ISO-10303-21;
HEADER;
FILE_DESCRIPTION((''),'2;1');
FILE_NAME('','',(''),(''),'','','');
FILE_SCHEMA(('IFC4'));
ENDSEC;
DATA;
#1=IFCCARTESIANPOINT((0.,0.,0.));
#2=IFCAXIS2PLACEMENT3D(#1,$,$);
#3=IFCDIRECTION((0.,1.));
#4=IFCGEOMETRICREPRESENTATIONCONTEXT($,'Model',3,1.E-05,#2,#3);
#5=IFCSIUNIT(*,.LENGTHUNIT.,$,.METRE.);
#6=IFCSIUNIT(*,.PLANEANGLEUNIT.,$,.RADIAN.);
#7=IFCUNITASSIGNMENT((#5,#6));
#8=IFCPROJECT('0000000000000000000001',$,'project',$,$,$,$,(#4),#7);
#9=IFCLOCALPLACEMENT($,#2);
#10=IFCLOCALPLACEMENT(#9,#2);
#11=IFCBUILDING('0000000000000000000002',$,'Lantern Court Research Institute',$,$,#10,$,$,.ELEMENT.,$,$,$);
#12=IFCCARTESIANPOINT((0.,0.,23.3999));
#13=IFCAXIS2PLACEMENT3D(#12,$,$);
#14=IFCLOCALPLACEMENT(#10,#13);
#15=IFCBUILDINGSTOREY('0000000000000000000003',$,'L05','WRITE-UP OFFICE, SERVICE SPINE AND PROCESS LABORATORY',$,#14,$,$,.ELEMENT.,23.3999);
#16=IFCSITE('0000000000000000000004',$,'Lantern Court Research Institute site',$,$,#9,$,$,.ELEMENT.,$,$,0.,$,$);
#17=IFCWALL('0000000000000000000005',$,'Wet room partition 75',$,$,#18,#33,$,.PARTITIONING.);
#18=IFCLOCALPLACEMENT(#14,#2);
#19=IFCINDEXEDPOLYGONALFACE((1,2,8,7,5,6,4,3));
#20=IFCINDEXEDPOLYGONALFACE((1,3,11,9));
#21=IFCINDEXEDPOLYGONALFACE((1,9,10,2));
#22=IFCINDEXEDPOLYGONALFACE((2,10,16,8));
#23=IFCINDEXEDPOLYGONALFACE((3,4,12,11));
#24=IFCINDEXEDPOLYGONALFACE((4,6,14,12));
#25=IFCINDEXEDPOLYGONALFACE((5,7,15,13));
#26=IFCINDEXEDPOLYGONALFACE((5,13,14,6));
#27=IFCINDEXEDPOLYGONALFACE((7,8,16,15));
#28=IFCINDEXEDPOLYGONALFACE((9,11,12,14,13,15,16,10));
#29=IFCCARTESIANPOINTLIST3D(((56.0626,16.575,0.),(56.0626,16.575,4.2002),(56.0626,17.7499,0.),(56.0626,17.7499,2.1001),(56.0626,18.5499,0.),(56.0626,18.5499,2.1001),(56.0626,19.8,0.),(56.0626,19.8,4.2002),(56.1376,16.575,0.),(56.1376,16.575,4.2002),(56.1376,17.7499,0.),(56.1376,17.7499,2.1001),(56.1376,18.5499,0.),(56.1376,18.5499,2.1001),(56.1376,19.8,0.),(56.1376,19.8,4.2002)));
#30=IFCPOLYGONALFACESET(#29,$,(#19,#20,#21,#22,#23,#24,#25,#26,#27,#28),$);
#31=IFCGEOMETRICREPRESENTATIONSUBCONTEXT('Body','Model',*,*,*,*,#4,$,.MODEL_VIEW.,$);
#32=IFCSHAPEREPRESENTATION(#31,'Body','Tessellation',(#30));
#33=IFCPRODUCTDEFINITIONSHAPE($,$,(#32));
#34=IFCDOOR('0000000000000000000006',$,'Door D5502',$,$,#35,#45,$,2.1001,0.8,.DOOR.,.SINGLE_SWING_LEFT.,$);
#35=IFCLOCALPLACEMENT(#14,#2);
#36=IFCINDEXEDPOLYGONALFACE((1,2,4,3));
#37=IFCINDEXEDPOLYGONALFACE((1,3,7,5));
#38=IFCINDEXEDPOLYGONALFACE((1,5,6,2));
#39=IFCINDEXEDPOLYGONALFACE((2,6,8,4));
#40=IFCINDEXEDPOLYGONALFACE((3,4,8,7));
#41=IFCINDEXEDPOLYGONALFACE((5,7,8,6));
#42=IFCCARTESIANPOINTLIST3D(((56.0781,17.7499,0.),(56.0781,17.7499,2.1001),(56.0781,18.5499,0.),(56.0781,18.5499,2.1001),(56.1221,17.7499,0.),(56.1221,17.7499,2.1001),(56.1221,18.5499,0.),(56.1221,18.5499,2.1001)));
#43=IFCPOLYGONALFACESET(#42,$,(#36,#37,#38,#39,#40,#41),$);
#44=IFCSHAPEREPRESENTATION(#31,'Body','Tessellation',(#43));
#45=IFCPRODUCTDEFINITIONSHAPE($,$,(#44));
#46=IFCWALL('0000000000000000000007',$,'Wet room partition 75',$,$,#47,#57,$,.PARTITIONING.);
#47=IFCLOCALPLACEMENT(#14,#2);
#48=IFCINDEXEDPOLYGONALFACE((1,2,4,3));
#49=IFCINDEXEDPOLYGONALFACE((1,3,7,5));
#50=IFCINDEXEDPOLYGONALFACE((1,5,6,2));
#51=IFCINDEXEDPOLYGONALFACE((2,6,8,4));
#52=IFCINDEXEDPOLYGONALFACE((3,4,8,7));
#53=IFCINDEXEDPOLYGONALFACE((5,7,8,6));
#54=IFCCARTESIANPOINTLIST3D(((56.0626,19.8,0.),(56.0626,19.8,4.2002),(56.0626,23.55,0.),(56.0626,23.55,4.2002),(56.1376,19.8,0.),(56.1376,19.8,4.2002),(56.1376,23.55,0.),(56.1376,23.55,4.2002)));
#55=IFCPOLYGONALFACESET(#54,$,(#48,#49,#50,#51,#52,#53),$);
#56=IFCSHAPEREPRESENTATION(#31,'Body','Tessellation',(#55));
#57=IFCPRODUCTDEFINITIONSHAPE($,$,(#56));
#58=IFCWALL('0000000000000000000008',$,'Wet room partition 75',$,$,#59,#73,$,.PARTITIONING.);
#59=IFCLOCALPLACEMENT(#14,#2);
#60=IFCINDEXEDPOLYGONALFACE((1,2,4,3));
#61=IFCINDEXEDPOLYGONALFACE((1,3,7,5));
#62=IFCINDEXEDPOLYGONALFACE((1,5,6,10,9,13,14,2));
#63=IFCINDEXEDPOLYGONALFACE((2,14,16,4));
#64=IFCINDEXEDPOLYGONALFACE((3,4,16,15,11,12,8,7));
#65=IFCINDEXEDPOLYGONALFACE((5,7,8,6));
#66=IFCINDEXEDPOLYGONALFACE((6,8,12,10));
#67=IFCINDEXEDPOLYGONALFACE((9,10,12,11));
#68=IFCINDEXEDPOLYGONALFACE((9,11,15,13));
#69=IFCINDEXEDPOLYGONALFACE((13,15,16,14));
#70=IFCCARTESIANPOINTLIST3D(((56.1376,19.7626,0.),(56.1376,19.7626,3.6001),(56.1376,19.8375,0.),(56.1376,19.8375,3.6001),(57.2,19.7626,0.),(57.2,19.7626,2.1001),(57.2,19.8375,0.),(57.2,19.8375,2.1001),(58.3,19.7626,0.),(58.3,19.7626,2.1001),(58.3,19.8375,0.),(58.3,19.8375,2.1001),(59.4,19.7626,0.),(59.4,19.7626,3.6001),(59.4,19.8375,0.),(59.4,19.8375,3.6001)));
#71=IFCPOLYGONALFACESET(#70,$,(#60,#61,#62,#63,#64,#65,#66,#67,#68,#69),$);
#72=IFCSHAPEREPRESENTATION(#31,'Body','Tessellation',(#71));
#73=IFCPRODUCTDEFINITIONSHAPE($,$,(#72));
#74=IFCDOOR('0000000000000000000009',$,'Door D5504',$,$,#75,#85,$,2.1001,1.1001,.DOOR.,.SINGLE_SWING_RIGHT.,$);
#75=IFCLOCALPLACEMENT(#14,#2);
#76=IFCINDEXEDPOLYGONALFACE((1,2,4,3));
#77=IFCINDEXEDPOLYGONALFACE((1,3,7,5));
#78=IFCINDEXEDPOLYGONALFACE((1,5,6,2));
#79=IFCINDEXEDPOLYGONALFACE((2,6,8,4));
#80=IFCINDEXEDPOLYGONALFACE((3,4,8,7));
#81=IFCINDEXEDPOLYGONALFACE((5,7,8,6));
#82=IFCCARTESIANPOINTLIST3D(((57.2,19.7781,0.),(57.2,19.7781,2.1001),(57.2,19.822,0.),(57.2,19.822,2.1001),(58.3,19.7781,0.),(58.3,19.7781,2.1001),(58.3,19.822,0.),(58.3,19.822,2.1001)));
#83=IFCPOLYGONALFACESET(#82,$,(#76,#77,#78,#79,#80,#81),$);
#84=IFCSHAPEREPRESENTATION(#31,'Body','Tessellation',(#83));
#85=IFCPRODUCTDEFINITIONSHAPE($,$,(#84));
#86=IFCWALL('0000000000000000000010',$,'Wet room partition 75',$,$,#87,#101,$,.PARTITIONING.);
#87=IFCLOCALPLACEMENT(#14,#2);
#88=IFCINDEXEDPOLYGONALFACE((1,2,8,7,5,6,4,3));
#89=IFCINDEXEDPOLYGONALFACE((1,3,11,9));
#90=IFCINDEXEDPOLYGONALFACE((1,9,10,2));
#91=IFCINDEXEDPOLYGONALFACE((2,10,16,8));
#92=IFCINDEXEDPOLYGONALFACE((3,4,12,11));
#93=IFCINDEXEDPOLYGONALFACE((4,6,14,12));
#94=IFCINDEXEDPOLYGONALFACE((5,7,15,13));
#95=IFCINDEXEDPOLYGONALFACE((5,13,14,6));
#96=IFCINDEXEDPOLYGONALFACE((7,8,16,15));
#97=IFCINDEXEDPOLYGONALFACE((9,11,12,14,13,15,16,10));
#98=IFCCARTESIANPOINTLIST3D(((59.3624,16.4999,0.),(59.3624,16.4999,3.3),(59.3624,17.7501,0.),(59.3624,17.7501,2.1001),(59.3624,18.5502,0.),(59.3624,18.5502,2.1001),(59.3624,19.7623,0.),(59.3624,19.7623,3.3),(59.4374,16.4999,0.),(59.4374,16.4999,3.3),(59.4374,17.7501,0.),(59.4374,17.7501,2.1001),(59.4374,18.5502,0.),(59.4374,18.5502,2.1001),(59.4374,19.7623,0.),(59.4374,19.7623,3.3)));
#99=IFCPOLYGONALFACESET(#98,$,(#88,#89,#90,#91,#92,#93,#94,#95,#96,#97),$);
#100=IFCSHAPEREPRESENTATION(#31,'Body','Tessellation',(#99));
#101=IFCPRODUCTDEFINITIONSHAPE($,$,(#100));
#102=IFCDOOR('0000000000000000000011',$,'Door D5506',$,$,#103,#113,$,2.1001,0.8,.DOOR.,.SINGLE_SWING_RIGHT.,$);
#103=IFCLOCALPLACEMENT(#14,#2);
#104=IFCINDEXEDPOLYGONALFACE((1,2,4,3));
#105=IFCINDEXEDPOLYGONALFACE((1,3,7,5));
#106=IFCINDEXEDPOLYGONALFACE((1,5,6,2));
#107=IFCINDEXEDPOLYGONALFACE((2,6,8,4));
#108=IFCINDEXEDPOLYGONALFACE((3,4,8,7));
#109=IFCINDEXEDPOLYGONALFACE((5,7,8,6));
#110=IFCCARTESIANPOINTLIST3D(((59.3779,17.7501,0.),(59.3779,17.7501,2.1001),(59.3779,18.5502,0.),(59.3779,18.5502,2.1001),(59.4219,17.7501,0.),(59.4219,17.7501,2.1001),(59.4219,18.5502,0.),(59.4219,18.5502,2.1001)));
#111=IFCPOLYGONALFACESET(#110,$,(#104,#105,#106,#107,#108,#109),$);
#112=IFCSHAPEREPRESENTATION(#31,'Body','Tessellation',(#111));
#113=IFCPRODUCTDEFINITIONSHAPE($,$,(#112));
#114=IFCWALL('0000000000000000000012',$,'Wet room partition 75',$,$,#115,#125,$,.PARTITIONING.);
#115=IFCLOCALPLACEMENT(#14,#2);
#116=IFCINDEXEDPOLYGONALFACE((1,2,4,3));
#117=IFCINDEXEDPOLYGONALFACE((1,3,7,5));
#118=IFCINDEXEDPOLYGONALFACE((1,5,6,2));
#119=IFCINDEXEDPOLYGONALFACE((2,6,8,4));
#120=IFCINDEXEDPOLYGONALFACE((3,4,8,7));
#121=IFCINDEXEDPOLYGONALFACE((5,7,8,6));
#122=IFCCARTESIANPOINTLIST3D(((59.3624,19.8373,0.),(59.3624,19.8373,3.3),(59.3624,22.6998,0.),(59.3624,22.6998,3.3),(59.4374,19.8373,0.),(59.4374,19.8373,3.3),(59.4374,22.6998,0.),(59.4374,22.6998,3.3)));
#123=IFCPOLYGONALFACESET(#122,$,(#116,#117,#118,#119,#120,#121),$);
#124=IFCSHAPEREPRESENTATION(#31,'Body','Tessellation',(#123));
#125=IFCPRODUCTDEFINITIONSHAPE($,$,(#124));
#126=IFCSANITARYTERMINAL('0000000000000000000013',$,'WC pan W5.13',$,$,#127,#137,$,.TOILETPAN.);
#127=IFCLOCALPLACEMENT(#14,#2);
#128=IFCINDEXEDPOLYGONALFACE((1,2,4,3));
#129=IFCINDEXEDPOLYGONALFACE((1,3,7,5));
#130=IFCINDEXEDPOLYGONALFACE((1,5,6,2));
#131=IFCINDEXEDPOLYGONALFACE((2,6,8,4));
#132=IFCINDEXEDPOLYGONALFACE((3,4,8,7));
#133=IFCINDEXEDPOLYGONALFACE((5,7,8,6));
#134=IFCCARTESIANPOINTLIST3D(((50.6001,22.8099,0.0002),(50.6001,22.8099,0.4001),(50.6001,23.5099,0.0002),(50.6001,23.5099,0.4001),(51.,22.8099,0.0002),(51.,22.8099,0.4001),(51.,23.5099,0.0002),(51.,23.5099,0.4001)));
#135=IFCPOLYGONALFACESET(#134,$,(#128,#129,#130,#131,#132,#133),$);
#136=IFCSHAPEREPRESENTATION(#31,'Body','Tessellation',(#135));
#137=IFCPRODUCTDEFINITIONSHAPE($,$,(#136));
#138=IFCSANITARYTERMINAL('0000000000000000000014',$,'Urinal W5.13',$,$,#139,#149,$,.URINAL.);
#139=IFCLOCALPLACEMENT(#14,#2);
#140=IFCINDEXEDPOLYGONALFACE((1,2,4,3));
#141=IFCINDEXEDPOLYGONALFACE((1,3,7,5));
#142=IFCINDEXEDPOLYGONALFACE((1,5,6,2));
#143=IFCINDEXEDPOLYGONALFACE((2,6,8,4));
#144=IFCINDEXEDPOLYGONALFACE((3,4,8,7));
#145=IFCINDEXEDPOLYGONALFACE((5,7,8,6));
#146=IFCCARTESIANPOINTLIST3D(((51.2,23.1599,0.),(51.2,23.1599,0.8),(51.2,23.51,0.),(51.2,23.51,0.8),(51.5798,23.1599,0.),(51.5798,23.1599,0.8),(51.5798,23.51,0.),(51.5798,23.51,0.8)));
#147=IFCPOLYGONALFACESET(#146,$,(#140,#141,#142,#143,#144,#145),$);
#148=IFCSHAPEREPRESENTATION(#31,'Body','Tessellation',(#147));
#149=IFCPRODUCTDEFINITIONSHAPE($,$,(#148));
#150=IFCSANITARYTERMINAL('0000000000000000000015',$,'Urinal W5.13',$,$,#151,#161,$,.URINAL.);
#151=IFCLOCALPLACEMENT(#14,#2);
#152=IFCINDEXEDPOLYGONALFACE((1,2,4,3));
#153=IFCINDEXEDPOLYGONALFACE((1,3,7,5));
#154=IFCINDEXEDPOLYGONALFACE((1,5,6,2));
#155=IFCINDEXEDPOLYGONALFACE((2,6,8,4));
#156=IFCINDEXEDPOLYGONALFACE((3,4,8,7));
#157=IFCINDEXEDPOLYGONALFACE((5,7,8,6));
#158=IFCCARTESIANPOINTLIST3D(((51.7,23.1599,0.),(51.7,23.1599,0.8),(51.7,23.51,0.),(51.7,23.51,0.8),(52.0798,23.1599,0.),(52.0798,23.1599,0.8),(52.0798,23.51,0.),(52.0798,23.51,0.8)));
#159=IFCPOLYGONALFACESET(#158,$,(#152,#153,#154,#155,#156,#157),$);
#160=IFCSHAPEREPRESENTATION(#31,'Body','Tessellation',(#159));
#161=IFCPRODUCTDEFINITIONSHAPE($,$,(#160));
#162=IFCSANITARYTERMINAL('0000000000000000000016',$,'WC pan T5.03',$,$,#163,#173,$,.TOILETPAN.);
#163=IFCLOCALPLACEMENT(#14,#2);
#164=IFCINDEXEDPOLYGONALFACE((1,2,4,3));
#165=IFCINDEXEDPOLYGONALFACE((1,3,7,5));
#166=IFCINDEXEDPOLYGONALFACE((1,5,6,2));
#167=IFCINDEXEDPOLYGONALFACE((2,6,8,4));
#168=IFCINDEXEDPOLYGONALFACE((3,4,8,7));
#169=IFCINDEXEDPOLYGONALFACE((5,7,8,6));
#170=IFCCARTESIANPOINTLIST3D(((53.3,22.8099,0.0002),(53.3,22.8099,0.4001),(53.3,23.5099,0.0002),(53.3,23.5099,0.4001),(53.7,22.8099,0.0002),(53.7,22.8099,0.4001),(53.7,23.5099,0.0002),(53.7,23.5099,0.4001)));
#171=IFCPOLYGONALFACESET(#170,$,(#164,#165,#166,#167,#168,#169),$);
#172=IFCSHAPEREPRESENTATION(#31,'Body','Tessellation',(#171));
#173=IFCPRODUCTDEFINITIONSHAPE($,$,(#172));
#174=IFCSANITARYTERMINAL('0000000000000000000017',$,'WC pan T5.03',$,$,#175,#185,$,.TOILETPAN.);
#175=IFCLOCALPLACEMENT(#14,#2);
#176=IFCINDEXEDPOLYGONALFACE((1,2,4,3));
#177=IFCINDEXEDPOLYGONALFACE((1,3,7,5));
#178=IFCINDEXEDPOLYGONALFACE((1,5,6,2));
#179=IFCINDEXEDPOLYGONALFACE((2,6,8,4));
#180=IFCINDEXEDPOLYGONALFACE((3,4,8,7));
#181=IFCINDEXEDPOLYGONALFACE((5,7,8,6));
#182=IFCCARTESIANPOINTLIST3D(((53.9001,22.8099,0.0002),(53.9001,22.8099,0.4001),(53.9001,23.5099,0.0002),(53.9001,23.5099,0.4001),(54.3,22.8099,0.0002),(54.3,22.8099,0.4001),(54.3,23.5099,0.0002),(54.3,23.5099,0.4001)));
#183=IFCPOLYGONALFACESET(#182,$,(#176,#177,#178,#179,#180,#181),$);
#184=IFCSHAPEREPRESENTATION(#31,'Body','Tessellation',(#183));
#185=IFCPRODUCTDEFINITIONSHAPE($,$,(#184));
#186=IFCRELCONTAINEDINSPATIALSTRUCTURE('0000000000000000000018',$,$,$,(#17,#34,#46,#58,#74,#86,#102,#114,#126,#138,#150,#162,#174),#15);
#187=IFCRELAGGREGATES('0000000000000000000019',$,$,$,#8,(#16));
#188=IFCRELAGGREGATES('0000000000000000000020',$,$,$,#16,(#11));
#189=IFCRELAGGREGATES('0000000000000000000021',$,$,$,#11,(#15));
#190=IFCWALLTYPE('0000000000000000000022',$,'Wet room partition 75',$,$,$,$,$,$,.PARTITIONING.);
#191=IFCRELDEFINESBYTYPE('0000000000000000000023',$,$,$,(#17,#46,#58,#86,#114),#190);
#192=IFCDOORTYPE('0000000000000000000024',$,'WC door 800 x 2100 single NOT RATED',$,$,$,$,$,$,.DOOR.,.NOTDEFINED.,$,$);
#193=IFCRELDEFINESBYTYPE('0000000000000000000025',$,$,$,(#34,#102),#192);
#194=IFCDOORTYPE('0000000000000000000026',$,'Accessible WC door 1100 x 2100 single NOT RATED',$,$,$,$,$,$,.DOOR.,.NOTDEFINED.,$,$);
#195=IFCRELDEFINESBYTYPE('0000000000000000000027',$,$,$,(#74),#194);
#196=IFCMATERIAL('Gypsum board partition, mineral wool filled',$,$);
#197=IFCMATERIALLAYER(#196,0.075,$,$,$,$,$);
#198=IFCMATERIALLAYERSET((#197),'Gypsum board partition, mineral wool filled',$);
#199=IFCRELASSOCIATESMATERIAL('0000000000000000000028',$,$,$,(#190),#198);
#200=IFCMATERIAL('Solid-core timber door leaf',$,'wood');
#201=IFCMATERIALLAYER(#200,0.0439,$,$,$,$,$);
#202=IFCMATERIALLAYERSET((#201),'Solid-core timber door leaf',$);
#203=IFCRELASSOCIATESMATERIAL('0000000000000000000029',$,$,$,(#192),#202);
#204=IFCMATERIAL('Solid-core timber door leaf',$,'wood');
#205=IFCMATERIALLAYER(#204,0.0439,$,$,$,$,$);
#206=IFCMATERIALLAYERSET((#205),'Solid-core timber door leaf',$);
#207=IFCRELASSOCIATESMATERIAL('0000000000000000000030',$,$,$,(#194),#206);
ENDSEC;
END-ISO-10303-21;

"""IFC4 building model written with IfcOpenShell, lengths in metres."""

from ifc_helpers import new_model, si_unit, direction, frame, frame_2d, origin, origin_2d, place, context, subcontext, project, spatial, rectangle, extrude, material, layer, layer_set, type_object, element, fill, save


model = new_model("IFC4")

# Units and contexts
model_context = context("Model", 3, precision=1e-05, world=origin(), true_north=direction((0.0, 1.0)))
body_context = subcontext(model_context, "Body", "Model", "MODEL_VIEW")
ifc_project = project(units=[si_unit("LENGTHUNIT", "METRE"), si_unit("PLANEANGLEUNIT", "RADIAN")], contexts=[model_context])

# Site, building, storey
site_placement = place(None, origin())
site = spatial("IfcSite", under=ifc_project, at=site_placement, Name="Lantern Court Research Institute site", CompositionType="ELEMENT", RefElevation=0.0)
building_placement = place(site_placement, origin())
building = spatial("IfcBuilding", under=site, at=building_placement, Name="Lantern Court Research Institute", CompositionType="ELEMENT")
storey_placement = place(building_placement, frame((0.0, 0.0, 23.3999)))
storey = spatial("IfcBuildingStorey", under=building, at=storey_placement, Name="L05", Description="WRITE-UP OFFICE, SERVICE SPINE AND PROCESS LABORATORY", CompositionType="ELEMENT", Elevation=23.3999)

# Wall, opening, door
ifc_material_1 = material(Name="Gypsum board partition, mineral wool filled")
ifc_layer_1 = layer(ifc_material_1, 0.075)
ifc_layer_set_1 = layer_set([ifc_layer_1], Name="Gypsum board partition, mineral wool filled")
wall_type_1 = type_object("IfcWallType", Name="Wet room partition 75", PredefinedType="PARTITIONING", material=ifc_layer_set_1)
wall_1_placement = place(storey_placement, frame((56.1001, 16.575, 0.0), z_axis=(0.0, 0.0, 1.0), x_axis=(0.0, 1.0, 0.0)))
wall_1 = element("IfcWall", 1, at=wall_1_placement, inside=storey, type_object=wall_type_1, Name="Wet room partition 75", PredefinedType="PARTITIONING", context=body_context, shape_type="SweptSolid", body=[
    extrude(rectangle(XDim=3.2251, YDim=0.075, at=frame_2d((1.6125, 0.0))), origin(), (0.0, 0.0, 1.0), 4.2002),
])
opening_1_placement = place(wall_1_placement, frame((1.175, 0.0, 0.0)))
opening_1 = element("IfcOpeningElement", 2, at=opening_1_placement, cuts=wall_1, PredefinedType="OPENING", context=body_context, shape_type="SweptSolid", body=[
    extrude(rectangle(XDim=0.8, YDim=2.1001, at=frame_2d((0.3999, 1.05))), frame((0.0, 0.0474, 0.0), z_axis=(0.0, -1.0, 0.0), x_axis=(1.0, 0.0, 0.0)), (0.0, 0.0, 1.0), 0.095),
])
ifc_material_2 = material(Name="Solid-core timber door leaf", Category="wood")
ifc_layer_2 = layer(ifc_material_2, 0.0439)
ifc_layer_set_2 = layer_set([ifc_layer_2], Name="Solid-core timber door leaf")
door_type_1 = type_object("IfcDoorType", Name="WC door 800 x 2100 single NOT RATED", OperationType="NOTDEFINED", PredefinedType="DOOR", material=ifc_layer_set_2)
door_1_placement = place(opening_1_placement, origin())
door_1 = element("IfcDoor", 3, at=door_1_placement, inside=storey, type_object=door_type_1, Name="Door D5502", OperationType="SINGLE_SWING_LEFT", OverallHeight=2.1001, OverallWidth=0.8, PredefinedType="DOOR", context=body_context, shape_type="SweptSolid", body=[
    extrude(rectangle(XDim=0.8, YDim=2.1001, at=frame_2d((0.3999, 1.05))), frame((0.0, 0.022, 0.0), z_axis=(0.0, -1.0, 0.0), x_axis=(1.0, 0.0, 0.0)), (0.0, 0.0, 1.0), 0.0439),
])
fill(opening_1, door_1)

# Wall
wall_2_placement = place(storey_placement, frame((56.1001, 19.8, 0.0), z_axis=(0.0, 0.0, 1.0), x_axis=(0.0, 1.0, 0.0)))
element("IfcWall", 4, at=wall_2_placement, inside=storey, type_object=wall_type_1, Name="Wet room partition 75", PredefinedType="PARTITIONING", context=body_context, shape_type="SweptSolid", body=[
    extrude(rectangle(XDim=3.75, YDim=0.075, at=frame_2d((1.875, 0.0))), origin(), (0.0, 0.0, 1.0), 4.2002),
])

# Walls, openings, doors
wall_3_placement = place(storey_placement, frame((56.1375, 19.8, 0.0), z_axis=(0.0, 0.0, 1.0), x_axis=(1.0, 0.0, 0.0)))
wall_3 = element("IfcWall", 5, at=wall_3_placement, inside=storey, type_object=wall_type_1, Name="Wet room partition 75", PredefinedType="PARTITIONING", context=body_context, shape_type="SweptSolid", body=[
    extrude(rectangle(XDim=3.2625, YDim=0.075, at=frame_2d((1.6313, 0.0))), origin(), (0.0, 0.0, 1.0), 3.6001),
])
opening_2_placement = place(wall_3_placement, frame((1.0625, 0.0, 0.0)))
opening_2 = element("IfcOpeningElement", 6, at=opening_2_placement, cuts=wall_3, PredefinedType="OPENING", context=body_context, shape_type="SweptSolid", body=[
    extrude(rectangle(XDim=1.1001, YDim=2.1001, at=frame_2d((0.55, 1.05))), frame((0.0, 0.0474, 0.0), z_axis=(0.0, -1.0, 0.0), x_axis=(1.0, 0.0, 0.0)), (0.0, 0.0, 1.0), 0.095),
])
ifc_material_3 = material(Name="Solid-core timber door leaf", Category="wood")
ifc_layer_3 = layer(ifc_material_3, 0.0439)
ifc_layer_set_3 = layer_set([ifc_layer_3], Name="Solid-core timber door leaf")
door_type_2 = type_object("IfcDoorType", Name="Accessible WC door 1100 x 2100 single NOT RATED", OperationType="NOTDEFINED", PredefinedType="DOOR", material=ifc_layer_set_3)
door_2_placement = place(opening_2_placement, origin())
door_2 = element("IfcDoor", 7, at=door_2_placement, inside=storey, type_object=door_type_2, Name="Door D5504", OperationType="SINGLE_SWING_RIGHT", OverallHeight=2.1001, OverallWidth=1.1001, PredefinedType="DOOR", context=body_context, shape_type="SweptSolid", body=[
    extrude(rectangle(XDim=1.1001, YDim=2.1001, at=frame_2d((0.55, 1.05))), frame((0.0, 0.022, 0.0), z_axis=(0.0, -1.0, 0.0), x_axis=(1.0, 0.0, 0.0)), (0.0, 0.0, 1.0), 0.0439),
])
fill(opening_2, door_2)
wall_4_placement = place(storey_placement, frame((59.3999, 19.7625, 0.0), z_axis=(0.0, 0.0, 1.0), x_axis=(0.0, -1.0, 0.0)))
wall_4 = element("IfcWall", 8, at=wall_4_placement, inside=storey, type_object=wall_type_1, Name="Wet room partition 75", PredefinedType="PARTITIONING", context=body_context, shape_type="SweptSolid", body=[
    extrude(rectangle(XDim=3.2625, YDim=0.075, at=frame_2d((1.6313, 0.0))), origin(), (0.0, 0.0, 1.0), 3.3),
])
opening_3_placement = place(wall_4_placement, frame((1.2124, 0.0, 0.0)))
opening_3 = element("IfcOpeningElement", 9, at=opening_3_placement, cuts=wall_4, PredefinedType="OPENING", context=body_context, shape_type="SweptSolid", body=[
    extrude(rectangle(XDim=0.8, YDim=2.1001, at=frame_2d((0.3999, 1.05))), frame((0.0, 0.0474, 0.0), z_axis=(0.0, -1.0, 0.0), x_axis=(1.0, 0.0, 0.0)), (0.0, 0.0, 1.0), 0.095),
])
door_3_placement = place(opening_3_placement, origin())
door_3 = element("IfcDoor", 10, at=door_3_placement, inside=storey, type_object=door_type_1, Name="Door D5506", OperationType="SINGLE_SWING_RIGHT", OverallHeight=2.1001, OverallWidth=0.8, PredefinedType="DOOR", context=body_context, shape_type="SweptSolid", body=[
    extrude(rectangle(XDim=0.8, YDim=2.1001, at=frame_2d((0.3999, 1.05))), frame((0.0, 0.022, 0.0), z_axis=(0.0, -1.0, 0.0), x_axis=(1.0, 0.0, 0.0)), (0.0, 0.0, 1.0), 0.0439),
])
fill(opening_3, door_3)

# Wall
wall_5_placement = place(storey_placement, frame((59.3999, 19.8374, 0.0), z_axis=(0.0, 0.0, 1.0), x_axis=(0.0, 1.0, 0.0)))
element("IfcWall", 11, at=wall_5_placement, inside=storey, type_object=wall_type_1, Name="Wet room partition 75", PredefinedType="PARTITIONING", context=body_context, shape_type="SweptSolid", body=[
    extrude(rectangle(XDim=2.8625, YDim=0.075, at=frame_2d((1.4312, 0.0))), origin(), (0.0, 0.0, 1.0), 3.3),
])

# Sanitary terminals
sanitary_terminal_1_placement = place(storey_placement, frame((50.8, 23.1599, 0.0002), z_axis=(0.0, 0.0, 1.0), x_axis=(1.0, 0.0, 0.0)))
element("IfcSanitaryTerminal", 12, at=sanitary_terminal_1_placement, inside=storey, Name="WC pan W5.13", PredefinedType="TOILETPAN", context=body_context, shape_type="SweptSolid", body=[
    extrude(rectangle(XDim=0.3999, YDim=0.7, at=origin_2d()), origin(), (0.0, 0.0, 1.0), 0.3999),
])
for number, where, z_axis, x_axis, name in (
    (13, (51.3899, 23.335, 0.0), (0.0, 0.0, 1.0), (1.0, 0.0, 0.0), "Urinal W5.13"),
    (14, (51.8899, 23.335, 0.0), (0.0, 0.0, 1.0), (1.0, 0.0, 0.0), "Urinal W5.13"),
):
    element("IfcSanitaryTerminal", number, at=place(storey_placement, frame(where, z_axis=z_axis, x_axis=x_axis)), inside=storey, Name=name, PredefinedType="URINAL", context=body_context, shape_type="SweptSolid", body=[
        extrude(rectangle(XDim=0.3799, YDim=0.3501, at=origin_2d()), origin(), (0.0, 0.0, 1.0), 0.8),
    ])
for number, where, z_axis, x_axis, name in (
    (15, (53.5, 23.1599, 0.0002), (0.0, 0.0, 1.0), (1.0, 0.0, 0.0), "WC pan T5.03"),
    (16, (54.1001, 23.1599, 0.0002), (0.0, 0.0, 1.0), (1.0, 0.0, 0.0), "WC pan T5.03"),
):
    element("IfcSanitaryTerminal", number, at=place(storey_placement, frame(where, z_axis=z_axis, x_axis=x_axis)), inside=storey, Name=name, PredefinedType="TOILETPAN", context=body_context, shape_type="SweptSolid", body=[
        extrude(rectangle(XDim=0.3999, YDim=0.7, at=origin_2d()), origin(), (0.0, 0.0, 1.0), 0.3999),
    ])

save(model, "model.ifc")
